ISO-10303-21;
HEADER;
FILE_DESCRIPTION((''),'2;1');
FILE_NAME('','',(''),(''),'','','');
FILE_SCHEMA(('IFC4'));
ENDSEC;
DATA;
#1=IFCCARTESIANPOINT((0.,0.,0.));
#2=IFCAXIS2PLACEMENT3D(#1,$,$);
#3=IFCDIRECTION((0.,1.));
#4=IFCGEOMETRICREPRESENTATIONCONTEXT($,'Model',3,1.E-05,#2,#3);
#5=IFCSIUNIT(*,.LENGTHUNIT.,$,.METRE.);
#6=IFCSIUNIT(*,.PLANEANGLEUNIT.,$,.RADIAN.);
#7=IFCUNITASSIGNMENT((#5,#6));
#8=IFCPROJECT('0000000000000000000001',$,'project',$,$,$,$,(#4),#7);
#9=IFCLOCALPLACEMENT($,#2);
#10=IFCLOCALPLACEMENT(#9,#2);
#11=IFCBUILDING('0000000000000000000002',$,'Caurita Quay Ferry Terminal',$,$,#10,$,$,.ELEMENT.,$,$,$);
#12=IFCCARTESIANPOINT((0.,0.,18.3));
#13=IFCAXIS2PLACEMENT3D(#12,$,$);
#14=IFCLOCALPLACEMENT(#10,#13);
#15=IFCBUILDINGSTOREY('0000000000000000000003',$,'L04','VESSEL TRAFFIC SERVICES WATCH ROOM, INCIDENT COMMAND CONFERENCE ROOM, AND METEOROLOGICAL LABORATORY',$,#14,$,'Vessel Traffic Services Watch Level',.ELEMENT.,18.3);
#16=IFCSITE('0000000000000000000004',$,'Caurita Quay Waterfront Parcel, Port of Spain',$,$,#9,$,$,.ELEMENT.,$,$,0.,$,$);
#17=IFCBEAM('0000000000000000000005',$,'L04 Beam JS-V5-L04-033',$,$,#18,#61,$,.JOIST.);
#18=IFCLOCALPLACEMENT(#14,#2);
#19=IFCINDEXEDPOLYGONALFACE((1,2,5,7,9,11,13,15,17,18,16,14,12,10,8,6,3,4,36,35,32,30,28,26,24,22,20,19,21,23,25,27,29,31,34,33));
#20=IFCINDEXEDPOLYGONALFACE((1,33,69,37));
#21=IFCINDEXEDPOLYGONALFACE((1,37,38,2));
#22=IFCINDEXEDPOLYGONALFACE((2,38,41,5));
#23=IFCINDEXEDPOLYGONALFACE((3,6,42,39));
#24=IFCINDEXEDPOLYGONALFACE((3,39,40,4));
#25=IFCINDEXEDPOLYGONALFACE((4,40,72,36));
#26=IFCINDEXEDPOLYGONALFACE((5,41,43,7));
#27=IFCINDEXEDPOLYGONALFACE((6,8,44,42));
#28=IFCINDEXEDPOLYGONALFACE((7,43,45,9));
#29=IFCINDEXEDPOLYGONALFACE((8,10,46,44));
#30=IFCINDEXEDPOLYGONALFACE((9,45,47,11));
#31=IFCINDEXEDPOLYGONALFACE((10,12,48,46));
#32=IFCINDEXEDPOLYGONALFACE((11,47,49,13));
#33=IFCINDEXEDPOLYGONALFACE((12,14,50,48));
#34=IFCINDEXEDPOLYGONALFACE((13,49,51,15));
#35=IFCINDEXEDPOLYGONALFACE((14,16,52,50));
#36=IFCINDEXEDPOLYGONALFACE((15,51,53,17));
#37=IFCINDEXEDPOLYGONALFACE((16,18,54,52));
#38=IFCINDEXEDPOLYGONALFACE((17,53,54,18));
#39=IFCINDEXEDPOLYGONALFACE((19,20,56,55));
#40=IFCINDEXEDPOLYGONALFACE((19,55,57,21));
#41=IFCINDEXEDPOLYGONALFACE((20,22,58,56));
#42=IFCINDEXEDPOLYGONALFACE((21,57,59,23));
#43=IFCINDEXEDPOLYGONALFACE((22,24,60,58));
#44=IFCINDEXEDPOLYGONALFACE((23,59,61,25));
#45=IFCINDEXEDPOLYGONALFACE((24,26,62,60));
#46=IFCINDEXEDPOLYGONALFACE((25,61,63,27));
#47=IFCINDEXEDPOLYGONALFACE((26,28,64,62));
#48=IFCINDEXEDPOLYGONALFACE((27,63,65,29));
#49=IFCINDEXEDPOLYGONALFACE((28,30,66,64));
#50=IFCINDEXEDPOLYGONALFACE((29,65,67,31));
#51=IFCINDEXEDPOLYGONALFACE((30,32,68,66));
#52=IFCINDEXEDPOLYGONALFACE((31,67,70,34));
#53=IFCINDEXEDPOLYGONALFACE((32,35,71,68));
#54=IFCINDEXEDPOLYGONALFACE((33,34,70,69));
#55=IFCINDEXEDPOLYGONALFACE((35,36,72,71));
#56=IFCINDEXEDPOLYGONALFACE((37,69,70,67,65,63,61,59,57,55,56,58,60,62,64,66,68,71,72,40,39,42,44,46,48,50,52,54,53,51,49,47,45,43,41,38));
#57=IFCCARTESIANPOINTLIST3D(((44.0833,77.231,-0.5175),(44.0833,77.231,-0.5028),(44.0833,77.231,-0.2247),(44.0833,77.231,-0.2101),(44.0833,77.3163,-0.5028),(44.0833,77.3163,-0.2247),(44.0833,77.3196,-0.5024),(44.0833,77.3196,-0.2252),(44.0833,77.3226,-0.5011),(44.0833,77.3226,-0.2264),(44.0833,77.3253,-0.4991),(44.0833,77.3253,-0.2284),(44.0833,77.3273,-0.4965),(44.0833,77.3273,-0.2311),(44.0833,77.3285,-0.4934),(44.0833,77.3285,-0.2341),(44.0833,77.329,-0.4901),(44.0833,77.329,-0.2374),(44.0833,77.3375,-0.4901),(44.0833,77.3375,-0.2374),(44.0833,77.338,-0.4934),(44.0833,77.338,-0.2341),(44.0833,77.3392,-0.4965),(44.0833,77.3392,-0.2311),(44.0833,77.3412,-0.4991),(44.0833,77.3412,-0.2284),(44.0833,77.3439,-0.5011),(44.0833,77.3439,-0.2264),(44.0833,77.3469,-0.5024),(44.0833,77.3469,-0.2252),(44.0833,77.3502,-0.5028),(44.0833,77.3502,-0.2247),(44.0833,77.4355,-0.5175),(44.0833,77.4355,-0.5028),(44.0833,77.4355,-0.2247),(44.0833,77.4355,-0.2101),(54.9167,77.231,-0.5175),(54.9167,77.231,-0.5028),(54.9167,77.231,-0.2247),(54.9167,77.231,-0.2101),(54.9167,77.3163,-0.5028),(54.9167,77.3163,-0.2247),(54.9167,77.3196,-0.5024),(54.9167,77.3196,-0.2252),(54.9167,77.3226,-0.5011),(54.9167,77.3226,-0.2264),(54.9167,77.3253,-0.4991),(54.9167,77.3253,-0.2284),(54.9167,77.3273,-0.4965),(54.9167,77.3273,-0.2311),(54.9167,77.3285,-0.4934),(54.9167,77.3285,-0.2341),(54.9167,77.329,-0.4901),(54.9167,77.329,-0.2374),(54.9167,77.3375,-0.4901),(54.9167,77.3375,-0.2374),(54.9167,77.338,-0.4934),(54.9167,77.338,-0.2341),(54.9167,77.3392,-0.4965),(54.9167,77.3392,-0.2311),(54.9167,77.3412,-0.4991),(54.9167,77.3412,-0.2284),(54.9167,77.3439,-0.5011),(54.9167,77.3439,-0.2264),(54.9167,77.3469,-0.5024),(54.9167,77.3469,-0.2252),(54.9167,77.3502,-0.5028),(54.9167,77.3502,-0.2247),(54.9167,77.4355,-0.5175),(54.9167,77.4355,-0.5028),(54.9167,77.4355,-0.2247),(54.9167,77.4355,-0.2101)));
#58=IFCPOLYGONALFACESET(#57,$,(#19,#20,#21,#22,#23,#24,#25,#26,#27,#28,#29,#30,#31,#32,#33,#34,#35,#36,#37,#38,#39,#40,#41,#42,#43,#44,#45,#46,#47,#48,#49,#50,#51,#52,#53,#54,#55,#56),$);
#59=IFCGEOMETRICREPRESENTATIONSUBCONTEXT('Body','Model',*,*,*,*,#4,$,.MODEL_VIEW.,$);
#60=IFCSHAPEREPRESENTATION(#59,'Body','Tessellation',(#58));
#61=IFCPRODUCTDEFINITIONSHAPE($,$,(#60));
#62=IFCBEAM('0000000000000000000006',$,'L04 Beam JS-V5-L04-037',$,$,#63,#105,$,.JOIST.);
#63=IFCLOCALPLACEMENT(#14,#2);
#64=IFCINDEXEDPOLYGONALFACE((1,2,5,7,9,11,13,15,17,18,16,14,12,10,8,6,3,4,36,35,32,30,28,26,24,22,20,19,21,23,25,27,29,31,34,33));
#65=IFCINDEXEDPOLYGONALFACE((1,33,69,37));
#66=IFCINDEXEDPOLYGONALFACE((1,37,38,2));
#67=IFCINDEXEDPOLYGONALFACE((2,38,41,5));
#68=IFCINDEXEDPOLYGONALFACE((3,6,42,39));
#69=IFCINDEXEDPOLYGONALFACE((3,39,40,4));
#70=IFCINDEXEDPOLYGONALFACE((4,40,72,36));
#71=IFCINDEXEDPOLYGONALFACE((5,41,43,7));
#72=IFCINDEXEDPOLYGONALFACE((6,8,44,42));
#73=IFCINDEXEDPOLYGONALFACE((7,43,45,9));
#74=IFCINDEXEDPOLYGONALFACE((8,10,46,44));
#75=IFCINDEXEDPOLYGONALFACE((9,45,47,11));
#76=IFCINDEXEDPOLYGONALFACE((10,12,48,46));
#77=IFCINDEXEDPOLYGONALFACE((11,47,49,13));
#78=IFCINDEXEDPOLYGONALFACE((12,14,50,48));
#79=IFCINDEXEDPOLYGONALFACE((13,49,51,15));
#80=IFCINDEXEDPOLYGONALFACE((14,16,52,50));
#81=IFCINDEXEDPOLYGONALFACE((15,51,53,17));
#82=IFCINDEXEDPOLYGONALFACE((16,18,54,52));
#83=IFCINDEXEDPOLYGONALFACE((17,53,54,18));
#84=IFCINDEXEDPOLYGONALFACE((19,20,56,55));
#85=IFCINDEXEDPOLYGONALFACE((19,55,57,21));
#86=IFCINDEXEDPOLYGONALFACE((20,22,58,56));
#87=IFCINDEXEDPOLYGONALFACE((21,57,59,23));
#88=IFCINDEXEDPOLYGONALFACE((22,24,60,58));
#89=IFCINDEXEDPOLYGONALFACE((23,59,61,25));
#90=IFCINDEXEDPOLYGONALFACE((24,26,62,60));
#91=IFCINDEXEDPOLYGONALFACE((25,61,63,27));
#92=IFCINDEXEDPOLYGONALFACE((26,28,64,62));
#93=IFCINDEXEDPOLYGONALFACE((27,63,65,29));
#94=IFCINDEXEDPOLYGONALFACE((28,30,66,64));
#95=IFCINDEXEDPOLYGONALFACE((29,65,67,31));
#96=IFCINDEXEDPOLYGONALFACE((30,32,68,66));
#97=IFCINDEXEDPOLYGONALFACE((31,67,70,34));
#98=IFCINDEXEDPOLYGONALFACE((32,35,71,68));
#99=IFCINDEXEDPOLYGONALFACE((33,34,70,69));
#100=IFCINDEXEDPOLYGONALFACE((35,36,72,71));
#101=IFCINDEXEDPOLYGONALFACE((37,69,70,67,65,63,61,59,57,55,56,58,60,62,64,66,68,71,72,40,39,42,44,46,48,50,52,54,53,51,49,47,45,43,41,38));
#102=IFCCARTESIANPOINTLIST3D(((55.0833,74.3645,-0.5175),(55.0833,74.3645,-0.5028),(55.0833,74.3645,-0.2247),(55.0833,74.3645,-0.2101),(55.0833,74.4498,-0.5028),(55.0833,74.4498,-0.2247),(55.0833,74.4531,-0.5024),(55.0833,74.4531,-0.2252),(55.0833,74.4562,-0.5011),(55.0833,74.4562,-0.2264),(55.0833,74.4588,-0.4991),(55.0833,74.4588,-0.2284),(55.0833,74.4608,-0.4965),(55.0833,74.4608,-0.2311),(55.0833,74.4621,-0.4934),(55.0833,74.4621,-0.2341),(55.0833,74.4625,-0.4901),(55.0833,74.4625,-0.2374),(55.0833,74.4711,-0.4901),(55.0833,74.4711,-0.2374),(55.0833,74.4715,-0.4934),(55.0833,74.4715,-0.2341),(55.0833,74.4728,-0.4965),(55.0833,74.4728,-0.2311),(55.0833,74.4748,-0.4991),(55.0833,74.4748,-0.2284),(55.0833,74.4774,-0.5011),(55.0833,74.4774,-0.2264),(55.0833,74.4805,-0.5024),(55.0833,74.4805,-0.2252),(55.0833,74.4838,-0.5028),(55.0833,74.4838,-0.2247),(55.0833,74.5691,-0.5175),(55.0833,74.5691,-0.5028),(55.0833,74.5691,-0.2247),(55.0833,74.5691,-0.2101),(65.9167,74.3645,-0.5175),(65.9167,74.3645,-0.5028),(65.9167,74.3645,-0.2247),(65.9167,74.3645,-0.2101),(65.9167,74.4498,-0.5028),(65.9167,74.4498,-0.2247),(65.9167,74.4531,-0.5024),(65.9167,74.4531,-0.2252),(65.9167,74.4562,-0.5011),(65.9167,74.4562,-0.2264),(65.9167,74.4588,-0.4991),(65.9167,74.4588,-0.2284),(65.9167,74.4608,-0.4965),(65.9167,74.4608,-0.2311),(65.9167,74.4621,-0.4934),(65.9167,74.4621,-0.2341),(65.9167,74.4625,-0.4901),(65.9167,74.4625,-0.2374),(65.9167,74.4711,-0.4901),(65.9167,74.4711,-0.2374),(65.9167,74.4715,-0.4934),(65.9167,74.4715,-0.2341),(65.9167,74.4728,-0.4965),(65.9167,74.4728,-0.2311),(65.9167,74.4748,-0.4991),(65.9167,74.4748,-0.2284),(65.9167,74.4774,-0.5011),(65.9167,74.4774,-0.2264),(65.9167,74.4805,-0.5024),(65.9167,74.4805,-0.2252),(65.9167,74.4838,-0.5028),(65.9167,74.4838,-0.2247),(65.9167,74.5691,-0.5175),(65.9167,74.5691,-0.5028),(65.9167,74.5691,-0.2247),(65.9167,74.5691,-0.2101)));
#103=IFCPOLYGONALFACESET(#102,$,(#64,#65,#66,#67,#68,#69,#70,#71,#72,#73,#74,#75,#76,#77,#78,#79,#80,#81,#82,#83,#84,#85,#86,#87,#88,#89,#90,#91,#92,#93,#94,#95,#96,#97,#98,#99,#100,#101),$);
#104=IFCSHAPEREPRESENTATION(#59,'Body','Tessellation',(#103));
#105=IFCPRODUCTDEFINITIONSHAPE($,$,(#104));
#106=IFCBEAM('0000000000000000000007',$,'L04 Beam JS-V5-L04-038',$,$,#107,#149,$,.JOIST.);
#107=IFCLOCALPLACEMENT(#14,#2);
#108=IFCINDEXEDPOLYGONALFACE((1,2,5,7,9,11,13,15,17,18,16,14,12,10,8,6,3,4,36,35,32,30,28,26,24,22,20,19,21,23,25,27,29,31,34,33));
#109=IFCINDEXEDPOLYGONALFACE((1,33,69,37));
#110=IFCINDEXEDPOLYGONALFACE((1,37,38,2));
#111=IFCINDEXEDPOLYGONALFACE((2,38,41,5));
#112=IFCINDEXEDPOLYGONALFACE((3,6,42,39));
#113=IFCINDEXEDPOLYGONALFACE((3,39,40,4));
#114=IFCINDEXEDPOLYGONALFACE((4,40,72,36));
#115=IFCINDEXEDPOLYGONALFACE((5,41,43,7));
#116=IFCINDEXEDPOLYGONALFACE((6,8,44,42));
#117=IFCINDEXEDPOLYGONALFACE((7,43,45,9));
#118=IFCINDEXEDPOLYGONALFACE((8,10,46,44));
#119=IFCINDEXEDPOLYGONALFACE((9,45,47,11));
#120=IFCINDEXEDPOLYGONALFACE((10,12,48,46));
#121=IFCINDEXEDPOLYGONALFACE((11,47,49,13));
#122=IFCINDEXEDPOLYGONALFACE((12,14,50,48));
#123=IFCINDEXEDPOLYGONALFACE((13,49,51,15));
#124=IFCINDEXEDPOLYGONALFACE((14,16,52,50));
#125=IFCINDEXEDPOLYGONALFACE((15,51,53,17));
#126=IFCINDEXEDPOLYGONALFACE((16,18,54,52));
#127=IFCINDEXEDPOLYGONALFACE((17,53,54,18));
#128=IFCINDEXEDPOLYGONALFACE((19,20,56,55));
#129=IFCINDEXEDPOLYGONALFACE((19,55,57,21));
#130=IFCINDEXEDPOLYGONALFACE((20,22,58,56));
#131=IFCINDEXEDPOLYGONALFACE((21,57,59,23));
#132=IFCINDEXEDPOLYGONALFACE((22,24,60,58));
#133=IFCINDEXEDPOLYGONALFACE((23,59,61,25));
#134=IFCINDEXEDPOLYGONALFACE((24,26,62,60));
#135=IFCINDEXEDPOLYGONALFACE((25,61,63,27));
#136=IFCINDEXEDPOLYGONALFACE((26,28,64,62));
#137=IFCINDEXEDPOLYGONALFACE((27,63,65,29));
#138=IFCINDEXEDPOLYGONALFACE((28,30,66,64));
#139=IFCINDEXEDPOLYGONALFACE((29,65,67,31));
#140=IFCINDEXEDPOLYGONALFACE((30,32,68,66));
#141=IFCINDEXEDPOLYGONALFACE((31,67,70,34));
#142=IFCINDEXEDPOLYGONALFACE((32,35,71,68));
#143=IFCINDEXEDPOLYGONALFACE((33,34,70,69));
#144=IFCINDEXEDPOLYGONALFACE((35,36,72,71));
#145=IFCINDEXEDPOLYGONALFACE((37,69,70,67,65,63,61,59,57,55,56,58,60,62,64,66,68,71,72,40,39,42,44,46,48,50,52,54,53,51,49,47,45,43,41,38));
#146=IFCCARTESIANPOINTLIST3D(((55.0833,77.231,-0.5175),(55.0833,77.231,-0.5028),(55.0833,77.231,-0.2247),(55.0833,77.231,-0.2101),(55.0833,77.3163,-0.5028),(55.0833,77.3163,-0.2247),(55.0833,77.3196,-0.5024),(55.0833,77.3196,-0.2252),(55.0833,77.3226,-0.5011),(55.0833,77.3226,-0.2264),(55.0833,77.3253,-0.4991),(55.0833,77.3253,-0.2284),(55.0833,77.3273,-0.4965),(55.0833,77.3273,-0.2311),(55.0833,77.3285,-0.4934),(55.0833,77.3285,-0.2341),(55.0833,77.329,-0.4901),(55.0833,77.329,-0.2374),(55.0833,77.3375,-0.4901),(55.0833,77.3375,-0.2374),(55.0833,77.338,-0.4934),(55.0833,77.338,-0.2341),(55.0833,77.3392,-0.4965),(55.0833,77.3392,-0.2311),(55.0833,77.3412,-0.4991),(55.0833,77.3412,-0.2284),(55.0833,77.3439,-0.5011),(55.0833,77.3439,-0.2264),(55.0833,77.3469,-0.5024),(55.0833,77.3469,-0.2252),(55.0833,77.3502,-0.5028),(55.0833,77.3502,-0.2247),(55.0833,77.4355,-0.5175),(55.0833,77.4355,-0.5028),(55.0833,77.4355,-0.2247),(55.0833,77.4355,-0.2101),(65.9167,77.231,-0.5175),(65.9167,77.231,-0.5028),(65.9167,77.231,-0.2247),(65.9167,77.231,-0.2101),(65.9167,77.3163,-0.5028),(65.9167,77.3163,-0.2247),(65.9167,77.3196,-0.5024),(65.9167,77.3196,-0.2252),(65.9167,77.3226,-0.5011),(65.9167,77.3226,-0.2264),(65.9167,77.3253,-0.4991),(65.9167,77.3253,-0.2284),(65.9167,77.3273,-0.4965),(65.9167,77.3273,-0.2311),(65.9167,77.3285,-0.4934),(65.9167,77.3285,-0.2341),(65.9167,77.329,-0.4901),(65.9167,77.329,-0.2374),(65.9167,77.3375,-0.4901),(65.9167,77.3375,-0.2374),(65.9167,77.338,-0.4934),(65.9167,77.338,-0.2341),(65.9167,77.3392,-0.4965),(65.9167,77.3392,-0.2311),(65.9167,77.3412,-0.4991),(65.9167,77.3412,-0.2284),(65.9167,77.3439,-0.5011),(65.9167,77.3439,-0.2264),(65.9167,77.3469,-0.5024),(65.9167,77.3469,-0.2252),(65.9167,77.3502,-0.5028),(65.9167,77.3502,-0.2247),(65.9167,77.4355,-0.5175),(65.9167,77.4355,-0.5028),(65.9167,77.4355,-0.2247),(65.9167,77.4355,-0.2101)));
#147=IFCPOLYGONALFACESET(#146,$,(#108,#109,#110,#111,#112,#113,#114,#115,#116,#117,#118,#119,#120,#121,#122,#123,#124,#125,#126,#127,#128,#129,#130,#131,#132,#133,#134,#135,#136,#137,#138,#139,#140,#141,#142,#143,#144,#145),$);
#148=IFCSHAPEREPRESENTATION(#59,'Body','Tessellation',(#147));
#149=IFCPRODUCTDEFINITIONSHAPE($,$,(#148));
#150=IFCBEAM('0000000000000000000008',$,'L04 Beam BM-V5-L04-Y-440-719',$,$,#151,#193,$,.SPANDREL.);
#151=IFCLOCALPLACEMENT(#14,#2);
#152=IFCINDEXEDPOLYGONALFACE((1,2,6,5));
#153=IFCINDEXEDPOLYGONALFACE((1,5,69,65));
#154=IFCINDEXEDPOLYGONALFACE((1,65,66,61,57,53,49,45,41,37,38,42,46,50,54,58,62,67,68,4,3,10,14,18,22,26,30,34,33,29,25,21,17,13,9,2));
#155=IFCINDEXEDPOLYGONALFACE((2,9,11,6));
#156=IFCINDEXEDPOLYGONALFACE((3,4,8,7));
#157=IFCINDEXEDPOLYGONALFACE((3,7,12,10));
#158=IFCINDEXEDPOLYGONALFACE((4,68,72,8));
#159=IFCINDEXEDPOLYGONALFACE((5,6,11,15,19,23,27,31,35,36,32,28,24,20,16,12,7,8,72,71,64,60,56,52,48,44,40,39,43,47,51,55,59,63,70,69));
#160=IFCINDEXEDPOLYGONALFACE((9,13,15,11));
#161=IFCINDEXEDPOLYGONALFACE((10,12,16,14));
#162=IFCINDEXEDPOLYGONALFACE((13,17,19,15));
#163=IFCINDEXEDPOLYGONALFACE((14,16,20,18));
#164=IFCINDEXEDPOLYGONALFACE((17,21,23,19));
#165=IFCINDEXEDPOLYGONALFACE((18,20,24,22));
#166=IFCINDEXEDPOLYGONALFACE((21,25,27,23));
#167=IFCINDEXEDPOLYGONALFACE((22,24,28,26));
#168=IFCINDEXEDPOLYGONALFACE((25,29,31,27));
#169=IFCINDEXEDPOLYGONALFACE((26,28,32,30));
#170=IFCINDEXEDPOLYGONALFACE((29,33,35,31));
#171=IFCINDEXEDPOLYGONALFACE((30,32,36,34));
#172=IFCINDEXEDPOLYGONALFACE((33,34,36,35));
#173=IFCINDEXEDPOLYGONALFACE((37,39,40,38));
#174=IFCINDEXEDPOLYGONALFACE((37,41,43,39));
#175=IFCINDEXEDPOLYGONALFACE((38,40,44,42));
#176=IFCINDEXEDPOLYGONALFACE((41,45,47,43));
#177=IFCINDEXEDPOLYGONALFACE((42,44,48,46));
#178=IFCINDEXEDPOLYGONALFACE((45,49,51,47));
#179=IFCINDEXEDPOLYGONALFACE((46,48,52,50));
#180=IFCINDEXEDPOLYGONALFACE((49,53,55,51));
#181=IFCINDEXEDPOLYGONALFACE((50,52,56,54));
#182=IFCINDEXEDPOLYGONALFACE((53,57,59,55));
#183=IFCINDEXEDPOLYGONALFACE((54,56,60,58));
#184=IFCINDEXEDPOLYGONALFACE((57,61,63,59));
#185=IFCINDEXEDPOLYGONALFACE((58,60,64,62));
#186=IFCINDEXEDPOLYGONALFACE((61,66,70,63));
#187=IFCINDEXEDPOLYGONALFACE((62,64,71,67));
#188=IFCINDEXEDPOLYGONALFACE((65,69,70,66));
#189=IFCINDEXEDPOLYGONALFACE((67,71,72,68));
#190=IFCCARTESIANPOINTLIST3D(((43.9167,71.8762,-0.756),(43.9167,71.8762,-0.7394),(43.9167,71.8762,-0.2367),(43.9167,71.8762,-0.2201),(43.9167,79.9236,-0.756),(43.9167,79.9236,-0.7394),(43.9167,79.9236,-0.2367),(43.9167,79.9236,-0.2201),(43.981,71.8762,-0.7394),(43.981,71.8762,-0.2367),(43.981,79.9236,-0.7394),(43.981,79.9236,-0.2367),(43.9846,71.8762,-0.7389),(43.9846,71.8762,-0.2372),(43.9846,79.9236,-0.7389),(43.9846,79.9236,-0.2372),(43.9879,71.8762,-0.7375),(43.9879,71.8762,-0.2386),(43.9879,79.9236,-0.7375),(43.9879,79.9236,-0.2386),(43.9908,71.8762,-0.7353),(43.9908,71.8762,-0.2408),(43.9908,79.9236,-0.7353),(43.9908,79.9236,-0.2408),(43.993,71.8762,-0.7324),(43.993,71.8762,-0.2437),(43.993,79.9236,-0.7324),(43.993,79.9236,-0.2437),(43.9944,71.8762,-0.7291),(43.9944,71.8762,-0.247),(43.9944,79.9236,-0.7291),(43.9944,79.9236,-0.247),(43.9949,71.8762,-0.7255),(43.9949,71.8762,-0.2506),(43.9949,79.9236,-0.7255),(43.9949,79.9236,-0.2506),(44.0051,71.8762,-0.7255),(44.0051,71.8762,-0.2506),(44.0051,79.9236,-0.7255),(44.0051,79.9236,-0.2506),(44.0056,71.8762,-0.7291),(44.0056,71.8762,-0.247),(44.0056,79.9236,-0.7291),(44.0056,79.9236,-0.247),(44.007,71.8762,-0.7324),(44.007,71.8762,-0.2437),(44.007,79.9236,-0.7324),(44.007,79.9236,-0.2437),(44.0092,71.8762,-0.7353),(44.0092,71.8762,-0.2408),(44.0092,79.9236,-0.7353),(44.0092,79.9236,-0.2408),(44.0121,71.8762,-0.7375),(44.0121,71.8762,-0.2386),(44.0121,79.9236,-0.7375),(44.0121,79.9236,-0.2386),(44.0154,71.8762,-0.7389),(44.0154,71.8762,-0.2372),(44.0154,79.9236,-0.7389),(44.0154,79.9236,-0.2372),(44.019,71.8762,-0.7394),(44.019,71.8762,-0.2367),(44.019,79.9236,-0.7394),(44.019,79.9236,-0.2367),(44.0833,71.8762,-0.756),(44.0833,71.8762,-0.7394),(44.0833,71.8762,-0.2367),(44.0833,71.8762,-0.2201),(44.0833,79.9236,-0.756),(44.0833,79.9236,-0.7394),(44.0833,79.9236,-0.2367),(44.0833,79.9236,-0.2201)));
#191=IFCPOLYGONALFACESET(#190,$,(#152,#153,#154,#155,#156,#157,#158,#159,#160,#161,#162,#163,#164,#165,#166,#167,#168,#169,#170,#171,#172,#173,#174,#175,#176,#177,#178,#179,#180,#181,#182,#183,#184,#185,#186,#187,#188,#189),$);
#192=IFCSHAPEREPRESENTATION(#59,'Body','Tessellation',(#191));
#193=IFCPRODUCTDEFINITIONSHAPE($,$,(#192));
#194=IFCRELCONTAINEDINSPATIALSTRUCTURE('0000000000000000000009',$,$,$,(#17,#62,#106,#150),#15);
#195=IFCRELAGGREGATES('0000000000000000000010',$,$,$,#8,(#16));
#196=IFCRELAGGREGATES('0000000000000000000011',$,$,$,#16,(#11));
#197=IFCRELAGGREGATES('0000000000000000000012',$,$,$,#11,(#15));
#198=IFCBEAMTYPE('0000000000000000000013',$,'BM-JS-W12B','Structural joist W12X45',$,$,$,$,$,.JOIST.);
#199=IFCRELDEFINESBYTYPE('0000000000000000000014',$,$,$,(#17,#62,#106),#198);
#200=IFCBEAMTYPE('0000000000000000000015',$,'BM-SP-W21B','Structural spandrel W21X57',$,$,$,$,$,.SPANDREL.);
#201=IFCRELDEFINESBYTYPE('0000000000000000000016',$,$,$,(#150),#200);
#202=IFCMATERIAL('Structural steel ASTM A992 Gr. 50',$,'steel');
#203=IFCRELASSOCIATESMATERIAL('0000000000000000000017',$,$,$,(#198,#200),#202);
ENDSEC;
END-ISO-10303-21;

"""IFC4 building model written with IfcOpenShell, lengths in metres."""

from ifc_helpers import new_model, si_unit, direction, frame, origin, origin_2d, place, context, subcontext, project, spatial, i_section, extrude, material, material_profile, profile_set, type_object, element, save


model = new_model("IFC4")

# Units and contexts
model_context = context("Model", 3, precision=1e-05, world=origin(), true_north=direction((0.0, 1.0)))
body_context = subcontext(model_context, "Body", "Model", "MODEL_VIEW")
ifc_project = project(units=[si_unit("LENGTHUNIT", "METRE"), si_unit("PLANEANGLEUNIT", "RADIAN")], contexts=[model_context])

# Site, building, storey
site_placement = place(None, origin())
site = spatial("IfcSite", under=ifc_project, at=site_placement, Name="Caurita Quay Waterfront Parcel, Port of Spain", CompositionType="ELEMENT", RefElevation=0.0)
building_placement = place(site_placement, origin())
building = spatial("IfcBuilding", under=site, at=building_placement, Name="Caurita Quay Ferry Terminal", CompositionType="ELEMENT")
storey_placement = place(building_placement, frame((0.0, 0.0, 18.3)))
storey = spatial("IfcBuildingStorey", under=building, at=storey_placement, Name="L04", Description="VESSEL TRAFFIC SERVICES WATCH ROOM, INCIDENT COMMAND CONFERENCE ROOM, AND METEOROLOGICAL LABORATORY", LongName="Vessel Traffic Services Watch Level", CompositionType="ELEMENT", Elevation=18.3)

# Beams
ifc_material_1 = material(Name="Structural steel ASTM A992 Gr. 50", Category="steel")
ifc_material_profile_1 = material_profile(ifc_material_1, i_section(OverallWidth=0.2046, OverallDepth=0.3074, WebThickness=0.0085, FlangeThickness=0.0146, FilletRadius=0.0127, at=origin_2d()), Name="W12X45")
ifc_profile_set_1 = profile_set([ifc_material_profile_1], Name="Structural steel ASTM A992 Gr. 50")
beam_type_1 = type_object("IfcBeamType", Name="BM-JS-W12B", Description="Structural joist W12X45", PredefinedType="JOIST", material=ifc_profile_set_1)
for number, where, z_axis, x_axis, name in (
    (1, (44.0833, 77.3333, -0.3638), (1.0, 0.0, 0.0), (0.0, 1.0, 0.0), "L04 Beam JS-V5-L04-033"),
    (2, (55.0833, 74.4668, -0.3638), (1.0, 0.0, 0.0), (0.0, 1.0, 0.0), "L04 Beam JS-V5-L04-037"),
    (3, (55.0833, 77.3333, -0.3638), (1.0, 0.0, 0.0), (0.0, 1.0, 0.0), "L04 Beam JS-V5-L04-038"),
):
    element("IfcBeam", number, at=place(storey_placement, frame(where, z_axis=z_axis, x_axis=x_axis)), inside=storey, type_object=beam_type_1, Name=name, PredefinedType="JOIST", context=body_context, shape_type="SweptSolid", body=[
        extrude(i_section(OverallWidth=0.2046, OverallDepth=0.3074, WebThickness=0.0085, FlangeThickness=0.0146, FilletRadius=0.0127, at=origin_2d()), origin(), (0.0, 0.0, 1.0), 10.8335),
    ])
ifc_material_profile_2 = material_profile(ifc_material_1, i_section(OverallWidth=0.1665, OverallDepth=0.5359, WebThickness=0.0103, FlangeThickness=0.0166, FilletRadius=0.0139, at=origin_2d()), Name="W21X57")
ifc_profile_set_2 = profile_set([ifc_material_profile_2], Name="Structural steel ASTM A992 Gr. 50")
beam_type_2 = type_object("IfcBeamType", Name="BM-SP-W21B", Description="Structural spandrel W21X57", PredefinedType="SPANDREL", material=ifc_profile_set_2)
for number, where, z_axis, x_axis, name in (
    (4, (44.0, 71.8762, -0.488), (0.0, 1.0, 0.0), (-1.0, 0.0, 0.0), "L04 Beam BM-V5-L04-Y-440-719"),
):
    element("IfcBeam", number, at=place(storey_placement, frame(where, z_axis=z_axis, x_axis=x_axis)), inside=storey, type_object=beam_type_2, Name=name, PredefinedType="SPANDREL", context=body_context, shape_type="SweptSolid", body=[
        extrude(i_section(OverallWidth=0.1665, OverallDepth=0.5359, WebThickness=0.0103, FlangeThickness=0.0166, FilletRadius=0.0139, at=origin_2d()), origin(), (0.0, 0.0, 1.0), 8.0474),
    ])

save(model, "model.ifc")
